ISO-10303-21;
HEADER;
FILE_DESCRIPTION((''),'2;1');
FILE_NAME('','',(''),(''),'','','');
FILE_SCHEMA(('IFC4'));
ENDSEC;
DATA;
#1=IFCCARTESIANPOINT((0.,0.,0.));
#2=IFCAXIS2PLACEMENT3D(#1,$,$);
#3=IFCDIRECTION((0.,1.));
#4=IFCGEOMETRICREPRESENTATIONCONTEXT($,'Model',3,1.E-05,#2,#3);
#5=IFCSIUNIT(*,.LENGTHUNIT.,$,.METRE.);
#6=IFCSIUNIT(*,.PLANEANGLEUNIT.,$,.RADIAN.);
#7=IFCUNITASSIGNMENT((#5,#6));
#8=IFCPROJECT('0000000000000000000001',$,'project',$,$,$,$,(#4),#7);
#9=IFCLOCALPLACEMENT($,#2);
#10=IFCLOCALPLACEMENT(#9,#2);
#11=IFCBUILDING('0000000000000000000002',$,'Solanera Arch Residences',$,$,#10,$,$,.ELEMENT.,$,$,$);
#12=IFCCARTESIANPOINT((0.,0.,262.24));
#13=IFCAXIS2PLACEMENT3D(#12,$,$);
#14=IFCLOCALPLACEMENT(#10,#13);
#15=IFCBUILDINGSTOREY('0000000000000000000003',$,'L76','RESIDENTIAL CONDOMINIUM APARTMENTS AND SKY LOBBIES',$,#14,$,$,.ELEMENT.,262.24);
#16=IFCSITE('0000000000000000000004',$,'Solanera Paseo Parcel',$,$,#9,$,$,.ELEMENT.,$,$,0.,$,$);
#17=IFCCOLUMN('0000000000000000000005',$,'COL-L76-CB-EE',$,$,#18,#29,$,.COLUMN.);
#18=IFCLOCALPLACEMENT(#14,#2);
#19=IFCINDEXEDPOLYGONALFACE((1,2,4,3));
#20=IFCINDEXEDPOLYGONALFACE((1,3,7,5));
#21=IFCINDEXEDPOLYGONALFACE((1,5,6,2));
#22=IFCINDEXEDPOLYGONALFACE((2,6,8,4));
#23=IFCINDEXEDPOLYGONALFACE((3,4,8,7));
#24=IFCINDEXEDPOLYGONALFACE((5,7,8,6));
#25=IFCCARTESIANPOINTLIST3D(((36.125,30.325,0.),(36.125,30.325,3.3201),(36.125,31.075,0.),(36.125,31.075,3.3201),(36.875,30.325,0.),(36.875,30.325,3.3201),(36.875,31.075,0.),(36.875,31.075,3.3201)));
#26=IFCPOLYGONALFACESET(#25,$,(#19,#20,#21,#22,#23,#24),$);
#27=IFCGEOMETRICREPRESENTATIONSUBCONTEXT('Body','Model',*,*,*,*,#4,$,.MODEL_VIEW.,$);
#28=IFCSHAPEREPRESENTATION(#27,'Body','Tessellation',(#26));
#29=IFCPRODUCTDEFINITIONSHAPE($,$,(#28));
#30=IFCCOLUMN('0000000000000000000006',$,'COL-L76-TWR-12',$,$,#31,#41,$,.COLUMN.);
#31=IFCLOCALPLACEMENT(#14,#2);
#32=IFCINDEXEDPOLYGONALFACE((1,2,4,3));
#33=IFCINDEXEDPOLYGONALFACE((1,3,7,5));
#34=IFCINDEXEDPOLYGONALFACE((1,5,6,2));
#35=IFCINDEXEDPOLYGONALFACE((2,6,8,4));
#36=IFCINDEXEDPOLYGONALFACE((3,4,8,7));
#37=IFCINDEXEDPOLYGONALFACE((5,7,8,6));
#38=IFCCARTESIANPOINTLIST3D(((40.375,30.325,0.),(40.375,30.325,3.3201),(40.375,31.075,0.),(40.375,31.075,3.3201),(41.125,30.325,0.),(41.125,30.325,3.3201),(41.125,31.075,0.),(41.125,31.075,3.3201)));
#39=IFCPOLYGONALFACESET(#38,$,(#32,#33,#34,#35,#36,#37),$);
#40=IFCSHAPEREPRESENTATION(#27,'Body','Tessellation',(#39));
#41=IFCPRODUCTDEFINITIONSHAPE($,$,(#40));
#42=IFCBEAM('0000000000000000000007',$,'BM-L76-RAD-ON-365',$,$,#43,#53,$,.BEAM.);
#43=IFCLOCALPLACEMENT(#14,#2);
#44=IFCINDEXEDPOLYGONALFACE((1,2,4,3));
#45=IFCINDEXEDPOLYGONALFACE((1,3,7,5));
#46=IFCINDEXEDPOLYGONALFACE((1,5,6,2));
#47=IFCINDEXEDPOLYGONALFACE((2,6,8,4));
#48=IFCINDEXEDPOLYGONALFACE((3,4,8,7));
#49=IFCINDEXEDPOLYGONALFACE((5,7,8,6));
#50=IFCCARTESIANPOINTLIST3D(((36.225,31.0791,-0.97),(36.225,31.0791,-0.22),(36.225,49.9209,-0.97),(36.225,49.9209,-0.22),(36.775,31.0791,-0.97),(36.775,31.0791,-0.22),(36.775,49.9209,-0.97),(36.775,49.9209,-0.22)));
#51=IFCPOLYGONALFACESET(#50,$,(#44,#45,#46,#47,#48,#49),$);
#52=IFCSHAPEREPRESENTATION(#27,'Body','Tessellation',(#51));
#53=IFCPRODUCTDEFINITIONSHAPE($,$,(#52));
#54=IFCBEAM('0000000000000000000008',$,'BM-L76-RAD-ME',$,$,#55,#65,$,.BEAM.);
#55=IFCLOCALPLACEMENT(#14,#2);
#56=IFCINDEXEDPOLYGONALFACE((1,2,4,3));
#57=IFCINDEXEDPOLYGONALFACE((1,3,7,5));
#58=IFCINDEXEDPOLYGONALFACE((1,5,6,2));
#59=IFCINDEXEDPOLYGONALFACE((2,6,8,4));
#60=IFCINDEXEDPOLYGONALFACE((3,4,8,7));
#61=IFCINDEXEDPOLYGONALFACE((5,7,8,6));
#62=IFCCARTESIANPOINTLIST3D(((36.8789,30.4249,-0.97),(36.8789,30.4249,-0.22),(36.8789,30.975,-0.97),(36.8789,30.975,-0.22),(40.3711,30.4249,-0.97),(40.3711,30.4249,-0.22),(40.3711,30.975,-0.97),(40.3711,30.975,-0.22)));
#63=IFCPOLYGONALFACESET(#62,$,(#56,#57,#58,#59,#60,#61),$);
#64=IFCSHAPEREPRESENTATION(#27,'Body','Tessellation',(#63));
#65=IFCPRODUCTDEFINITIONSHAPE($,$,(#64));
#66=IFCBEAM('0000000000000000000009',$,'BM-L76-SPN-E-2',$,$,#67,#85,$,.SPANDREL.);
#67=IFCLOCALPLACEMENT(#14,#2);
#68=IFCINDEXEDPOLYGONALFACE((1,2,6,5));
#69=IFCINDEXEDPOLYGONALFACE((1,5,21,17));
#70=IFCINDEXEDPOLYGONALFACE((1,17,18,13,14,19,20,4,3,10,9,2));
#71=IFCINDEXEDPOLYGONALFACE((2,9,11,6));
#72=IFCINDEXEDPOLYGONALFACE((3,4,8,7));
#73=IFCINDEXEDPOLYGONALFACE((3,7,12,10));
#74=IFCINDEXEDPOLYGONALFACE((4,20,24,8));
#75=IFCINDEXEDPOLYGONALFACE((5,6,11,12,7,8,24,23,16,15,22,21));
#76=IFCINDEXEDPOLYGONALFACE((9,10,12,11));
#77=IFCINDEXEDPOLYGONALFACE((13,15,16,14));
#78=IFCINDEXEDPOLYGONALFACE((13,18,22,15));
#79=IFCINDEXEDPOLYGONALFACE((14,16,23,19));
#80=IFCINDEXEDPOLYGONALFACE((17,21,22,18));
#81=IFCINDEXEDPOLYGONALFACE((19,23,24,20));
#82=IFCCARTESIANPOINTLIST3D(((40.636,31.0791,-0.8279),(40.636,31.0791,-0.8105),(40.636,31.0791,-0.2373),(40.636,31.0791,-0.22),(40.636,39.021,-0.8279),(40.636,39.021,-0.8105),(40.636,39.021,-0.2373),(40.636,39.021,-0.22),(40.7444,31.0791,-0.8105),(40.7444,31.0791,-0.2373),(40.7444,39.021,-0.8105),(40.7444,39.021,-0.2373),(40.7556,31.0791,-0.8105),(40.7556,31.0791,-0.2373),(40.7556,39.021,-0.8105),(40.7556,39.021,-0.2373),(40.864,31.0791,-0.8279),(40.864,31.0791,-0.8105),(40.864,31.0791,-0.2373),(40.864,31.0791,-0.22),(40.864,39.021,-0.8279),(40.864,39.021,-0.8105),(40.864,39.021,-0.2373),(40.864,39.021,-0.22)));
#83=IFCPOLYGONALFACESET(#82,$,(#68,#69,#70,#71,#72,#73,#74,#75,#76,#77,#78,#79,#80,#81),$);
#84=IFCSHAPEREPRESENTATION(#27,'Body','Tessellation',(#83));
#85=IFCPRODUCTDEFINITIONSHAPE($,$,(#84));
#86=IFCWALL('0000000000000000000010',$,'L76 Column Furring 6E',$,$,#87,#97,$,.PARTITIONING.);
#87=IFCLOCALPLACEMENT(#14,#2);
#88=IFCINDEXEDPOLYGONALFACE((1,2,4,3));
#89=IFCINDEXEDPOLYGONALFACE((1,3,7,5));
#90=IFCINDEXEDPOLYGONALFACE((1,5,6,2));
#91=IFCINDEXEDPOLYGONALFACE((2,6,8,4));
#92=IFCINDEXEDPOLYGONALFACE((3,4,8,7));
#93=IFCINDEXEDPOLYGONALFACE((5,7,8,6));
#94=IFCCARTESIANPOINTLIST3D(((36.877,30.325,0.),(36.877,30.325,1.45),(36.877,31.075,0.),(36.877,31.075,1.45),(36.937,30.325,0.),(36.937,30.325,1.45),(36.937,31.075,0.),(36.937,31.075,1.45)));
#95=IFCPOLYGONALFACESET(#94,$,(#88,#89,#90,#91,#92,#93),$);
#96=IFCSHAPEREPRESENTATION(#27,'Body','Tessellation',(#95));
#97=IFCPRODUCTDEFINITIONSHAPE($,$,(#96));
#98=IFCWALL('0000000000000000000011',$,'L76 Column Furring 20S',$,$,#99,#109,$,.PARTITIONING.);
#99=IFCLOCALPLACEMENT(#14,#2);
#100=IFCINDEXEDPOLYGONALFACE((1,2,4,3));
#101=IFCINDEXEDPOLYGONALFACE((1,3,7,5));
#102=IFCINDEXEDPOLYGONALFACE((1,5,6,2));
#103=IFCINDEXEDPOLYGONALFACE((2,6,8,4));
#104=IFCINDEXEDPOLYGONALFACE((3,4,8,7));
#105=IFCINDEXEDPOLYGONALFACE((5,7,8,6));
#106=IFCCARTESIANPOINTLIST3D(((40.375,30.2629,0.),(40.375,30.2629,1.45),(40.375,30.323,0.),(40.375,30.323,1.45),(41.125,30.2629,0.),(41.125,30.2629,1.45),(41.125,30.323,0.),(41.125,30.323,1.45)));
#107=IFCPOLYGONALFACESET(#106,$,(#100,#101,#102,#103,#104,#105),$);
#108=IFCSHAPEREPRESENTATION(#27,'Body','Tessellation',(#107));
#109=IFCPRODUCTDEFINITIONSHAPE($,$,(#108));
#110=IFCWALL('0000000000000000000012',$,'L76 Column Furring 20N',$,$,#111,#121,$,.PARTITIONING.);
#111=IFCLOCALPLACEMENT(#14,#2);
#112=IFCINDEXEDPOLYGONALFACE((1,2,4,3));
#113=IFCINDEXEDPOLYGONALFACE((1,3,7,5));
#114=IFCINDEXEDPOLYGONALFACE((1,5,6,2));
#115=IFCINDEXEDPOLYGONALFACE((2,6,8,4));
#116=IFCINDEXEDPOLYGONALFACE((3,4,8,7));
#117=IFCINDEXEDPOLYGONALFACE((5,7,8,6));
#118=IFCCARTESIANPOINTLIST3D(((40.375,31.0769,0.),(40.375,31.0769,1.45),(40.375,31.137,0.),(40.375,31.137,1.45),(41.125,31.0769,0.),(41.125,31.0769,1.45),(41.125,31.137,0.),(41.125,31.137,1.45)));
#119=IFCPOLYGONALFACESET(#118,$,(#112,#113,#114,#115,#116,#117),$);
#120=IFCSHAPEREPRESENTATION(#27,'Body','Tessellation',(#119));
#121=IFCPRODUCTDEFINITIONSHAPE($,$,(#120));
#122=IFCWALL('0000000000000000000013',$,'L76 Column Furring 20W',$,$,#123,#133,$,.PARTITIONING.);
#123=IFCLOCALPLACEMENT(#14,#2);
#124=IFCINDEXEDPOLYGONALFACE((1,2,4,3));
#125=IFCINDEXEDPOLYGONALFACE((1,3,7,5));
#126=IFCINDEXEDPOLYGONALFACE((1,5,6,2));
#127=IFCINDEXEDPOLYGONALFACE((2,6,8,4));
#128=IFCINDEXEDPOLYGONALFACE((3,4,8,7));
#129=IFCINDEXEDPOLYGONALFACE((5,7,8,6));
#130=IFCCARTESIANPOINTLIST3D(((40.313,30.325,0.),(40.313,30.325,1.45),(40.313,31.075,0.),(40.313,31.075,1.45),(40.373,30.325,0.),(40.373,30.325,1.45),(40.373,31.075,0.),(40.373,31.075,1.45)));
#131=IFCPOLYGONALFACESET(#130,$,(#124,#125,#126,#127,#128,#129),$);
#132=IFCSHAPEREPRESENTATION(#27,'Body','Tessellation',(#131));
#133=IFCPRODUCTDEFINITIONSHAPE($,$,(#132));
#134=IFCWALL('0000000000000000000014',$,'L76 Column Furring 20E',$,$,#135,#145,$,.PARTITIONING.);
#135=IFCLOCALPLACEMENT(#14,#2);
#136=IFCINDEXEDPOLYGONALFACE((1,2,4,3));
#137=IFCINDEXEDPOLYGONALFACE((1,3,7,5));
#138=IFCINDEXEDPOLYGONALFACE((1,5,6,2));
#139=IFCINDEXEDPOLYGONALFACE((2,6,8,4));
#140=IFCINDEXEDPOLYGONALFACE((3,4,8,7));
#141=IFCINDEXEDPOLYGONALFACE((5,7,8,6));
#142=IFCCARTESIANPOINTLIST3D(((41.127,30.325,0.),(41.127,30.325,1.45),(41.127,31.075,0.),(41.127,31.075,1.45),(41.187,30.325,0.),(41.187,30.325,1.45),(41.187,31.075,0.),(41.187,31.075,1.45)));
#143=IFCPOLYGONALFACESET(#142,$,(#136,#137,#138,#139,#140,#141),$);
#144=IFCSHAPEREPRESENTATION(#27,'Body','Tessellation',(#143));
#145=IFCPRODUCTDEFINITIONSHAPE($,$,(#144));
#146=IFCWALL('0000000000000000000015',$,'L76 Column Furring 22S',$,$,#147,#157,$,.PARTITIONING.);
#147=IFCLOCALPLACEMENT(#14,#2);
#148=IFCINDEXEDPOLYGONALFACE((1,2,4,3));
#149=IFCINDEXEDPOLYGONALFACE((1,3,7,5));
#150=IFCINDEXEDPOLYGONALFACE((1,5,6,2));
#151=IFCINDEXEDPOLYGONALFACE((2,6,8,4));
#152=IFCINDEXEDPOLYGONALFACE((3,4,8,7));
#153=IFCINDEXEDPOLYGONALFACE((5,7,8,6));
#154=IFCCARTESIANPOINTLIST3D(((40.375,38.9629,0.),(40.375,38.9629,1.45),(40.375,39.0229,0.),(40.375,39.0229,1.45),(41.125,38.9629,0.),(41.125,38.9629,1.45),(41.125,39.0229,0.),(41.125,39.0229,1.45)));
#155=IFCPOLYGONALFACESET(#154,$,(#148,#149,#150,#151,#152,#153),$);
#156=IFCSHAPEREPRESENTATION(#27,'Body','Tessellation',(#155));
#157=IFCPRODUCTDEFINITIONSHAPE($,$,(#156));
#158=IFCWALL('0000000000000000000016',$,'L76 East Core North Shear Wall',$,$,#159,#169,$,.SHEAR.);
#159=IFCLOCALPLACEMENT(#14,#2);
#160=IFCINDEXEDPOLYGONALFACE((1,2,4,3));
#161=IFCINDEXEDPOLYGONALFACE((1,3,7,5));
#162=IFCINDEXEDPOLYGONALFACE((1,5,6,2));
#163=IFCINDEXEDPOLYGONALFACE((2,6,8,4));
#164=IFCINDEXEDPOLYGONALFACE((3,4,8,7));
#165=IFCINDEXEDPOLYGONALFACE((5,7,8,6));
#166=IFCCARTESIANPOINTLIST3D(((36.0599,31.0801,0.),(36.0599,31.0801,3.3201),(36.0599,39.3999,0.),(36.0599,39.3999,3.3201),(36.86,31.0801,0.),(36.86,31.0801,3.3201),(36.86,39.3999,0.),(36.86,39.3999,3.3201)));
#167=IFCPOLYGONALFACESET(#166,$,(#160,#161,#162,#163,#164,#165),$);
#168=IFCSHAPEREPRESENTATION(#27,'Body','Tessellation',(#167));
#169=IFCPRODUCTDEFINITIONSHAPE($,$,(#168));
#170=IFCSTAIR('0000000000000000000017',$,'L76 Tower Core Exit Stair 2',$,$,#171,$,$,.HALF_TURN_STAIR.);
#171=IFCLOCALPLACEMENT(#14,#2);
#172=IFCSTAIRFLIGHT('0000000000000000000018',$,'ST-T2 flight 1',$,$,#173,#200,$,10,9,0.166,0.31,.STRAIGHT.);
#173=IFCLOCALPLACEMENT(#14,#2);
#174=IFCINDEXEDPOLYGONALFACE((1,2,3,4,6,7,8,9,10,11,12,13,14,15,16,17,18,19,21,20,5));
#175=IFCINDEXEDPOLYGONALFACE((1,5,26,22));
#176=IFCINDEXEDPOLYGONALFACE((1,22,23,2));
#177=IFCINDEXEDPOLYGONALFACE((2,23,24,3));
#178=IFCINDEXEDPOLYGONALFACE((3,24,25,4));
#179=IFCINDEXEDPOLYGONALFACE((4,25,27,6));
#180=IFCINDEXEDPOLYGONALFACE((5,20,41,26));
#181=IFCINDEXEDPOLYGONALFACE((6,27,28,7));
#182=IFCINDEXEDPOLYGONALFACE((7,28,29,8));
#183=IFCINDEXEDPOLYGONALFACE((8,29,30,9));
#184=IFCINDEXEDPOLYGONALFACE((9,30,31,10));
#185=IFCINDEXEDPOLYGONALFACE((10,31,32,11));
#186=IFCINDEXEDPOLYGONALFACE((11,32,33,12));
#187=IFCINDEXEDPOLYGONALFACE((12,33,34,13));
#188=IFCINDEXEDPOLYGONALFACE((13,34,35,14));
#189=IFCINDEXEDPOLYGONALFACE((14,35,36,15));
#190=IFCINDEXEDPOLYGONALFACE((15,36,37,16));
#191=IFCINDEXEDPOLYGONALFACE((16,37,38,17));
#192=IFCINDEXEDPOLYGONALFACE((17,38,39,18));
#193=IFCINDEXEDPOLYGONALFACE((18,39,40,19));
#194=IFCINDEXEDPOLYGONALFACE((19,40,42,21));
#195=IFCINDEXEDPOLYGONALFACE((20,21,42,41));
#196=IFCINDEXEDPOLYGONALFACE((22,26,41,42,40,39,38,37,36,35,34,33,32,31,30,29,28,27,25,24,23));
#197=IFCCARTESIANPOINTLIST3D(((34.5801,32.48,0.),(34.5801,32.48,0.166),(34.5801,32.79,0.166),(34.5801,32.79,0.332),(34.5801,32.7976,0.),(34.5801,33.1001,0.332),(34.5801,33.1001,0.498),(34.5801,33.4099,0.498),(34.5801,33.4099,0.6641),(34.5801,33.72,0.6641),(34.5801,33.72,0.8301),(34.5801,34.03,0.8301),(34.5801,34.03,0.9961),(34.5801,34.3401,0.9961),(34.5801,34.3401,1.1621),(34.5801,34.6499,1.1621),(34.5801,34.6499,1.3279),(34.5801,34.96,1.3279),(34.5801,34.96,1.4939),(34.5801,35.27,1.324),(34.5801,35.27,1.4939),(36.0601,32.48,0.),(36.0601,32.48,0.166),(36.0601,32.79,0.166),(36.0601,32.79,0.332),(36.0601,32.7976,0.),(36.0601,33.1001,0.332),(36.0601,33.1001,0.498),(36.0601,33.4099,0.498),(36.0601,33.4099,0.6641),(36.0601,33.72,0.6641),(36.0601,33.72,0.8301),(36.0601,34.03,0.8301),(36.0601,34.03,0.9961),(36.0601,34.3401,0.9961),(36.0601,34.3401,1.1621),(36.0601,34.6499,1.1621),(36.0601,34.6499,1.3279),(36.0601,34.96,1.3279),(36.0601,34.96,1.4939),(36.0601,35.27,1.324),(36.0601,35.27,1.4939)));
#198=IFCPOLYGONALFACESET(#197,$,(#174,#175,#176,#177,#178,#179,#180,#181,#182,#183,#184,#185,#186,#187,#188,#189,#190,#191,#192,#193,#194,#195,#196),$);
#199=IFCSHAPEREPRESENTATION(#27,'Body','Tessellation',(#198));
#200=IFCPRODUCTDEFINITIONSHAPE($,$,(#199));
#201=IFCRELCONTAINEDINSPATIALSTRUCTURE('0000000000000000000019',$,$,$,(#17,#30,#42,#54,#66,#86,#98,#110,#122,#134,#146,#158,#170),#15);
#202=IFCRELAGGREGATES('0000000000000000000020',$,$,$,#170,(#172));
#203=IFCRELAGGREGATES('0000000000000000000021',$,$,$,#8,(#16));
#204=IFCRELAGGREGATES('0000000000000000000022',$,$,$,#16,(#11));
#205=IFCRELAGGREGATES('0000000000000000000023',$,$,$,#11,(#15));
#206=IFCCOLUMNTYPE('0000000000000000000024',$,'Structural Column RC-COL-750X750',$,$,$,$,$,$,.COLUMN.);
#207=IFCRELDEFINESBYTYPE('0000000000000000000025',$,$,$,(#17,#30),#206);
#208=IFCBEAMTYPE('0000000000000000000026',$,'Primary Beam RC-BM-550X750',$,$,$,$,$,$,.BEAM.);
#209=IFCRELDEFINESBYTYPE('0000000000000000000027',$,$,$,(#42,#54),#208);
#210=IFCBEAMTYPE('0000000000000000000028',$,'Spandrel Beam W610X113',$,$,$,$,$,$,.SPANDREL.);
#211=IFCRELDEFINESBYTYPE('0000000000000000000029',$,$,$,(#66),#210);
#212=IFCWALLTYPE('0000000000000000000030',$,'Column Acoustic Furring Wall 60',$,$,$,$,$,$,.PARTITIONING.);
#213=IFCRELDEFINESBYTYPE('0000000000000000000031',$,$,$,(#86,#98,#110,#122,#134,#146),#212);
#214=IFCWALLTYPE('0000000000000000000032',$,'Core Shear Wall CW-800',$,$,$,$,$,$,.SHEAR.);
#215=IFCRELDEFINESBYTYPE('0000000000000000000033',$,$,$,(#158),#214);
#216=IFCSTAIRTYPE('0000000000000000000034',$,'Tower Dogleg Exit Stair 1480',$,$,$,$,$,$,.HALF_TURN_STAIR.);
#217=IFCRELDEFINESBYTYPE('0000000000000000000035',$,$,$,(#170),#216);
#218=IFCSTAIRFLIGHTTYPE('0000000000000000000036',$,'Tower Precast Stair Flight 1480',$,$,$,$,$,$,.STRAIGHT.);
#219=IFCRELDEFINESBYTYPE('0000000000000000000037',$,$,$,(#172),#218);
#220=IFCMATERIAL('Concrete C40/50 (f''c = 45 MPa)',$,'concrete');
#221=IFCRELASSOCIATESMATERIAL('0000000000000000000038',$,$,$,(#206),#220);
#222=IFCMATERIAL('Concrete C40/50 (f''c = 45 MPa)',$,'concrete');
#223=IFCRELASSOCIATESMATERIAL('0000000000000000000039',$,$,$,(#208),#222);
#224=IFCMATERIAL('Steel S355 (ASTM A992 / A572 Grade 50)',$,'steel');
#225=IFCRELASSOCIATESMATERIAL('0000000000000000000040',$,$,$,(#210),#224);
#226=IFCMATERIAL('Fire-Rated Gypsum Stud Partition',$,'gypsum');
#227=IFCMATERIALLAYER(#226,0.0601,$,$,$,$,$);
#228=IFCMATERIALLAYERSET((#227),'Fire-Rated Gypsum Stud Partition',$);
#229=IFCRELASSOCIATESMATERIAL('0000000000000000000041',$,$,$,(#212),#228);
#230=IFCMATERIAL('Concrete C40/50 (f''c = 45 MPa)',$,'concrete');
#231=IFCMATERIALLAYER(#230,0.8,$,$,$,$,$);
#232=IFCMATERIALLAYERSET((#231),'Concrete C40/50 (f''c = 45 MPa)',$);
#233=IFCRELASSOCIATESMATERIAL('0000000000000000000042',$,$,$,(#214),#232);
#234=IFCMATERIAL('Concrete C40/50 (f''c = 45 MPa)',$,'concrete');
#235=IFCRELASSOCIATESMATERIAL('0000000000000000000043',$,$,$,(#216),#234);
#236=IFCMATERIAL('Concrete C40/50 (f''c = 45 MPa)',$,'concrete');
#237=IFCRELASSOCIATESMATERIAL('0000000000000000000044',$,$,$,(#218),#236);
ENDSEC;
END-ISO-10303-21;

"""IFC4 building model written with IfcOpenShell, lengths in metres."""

from ifc_helpers import new_model, si_unit, direction, frame, frame_2d, origin, origin_2d, place, context, subcontext, project, spatial, polyline, rectangle, i_section, outline, extrude, material, layer, layer_set, material_profile, profile_set, type_object, element, aggregate, save


model = new_model("IFC4")

# Units and contexts
model_context = context("Model", 3, precision=1e-05, world=origin(), true_north=direction((0.0, 1.0)))
body_context = subcontext(model_context, "Body", "Model", "MODEL_VIEW")
ifc_project = project(units=[si_unit("LENGTHUNIT", "METRE"), si_unit("PLANEANGLEUNIT", "RADIAN")], contexts=[model_context])

# Site, building, storey
site_placement = place(None, origin())
site = spatial("IfcSite", under=ifc_project, at=site_placement, Name="Solanera Paseo Parcel", CompositionType="ELEMENT", RefElevation=0.0)
building_placement = place(site_placement, origin())
building = spatial("IfcBuilding", under=site, at=building_placement, Name="Solanera Arch Residences", CompositionType="ELEMENT")
storey_placement = place(building_placement, frame((0.0, 0.0, 262.24)))
storey = spatial("IfcBuildingStorey", under=building, at=storey_placement, Name="L76", Description="RESIDENTIAL CONDOMINIUM APARTMENTS AND SKY LOBBIES", CompositionType="ELEMENT", Elevation=262.24)

# Columns
ifc_material_1 = material(Name="Concrete C40/50 (f'c = 45 MPa)", Category="concrete")
ifc_material_profile_1 = material_profile(ifc_material_1, rectangle(XDim=0.75, YDim=0.75, at=origin_2d()))
ifc_profile_set_1 = profile_set([ifc_material_profile_1], Name="Concrete C40/50 (f'c = 45 MPa)")
column_type = type_object("IfcColumnType", Name="Structural Column RC-COL-750X750", PredefinedType="COLUMN", material=ifc_profile_set_1)
for number, where, z_axis, x_axis, name in (
    (1, (36.5, 30.7, 0.0), (0.0, 0.0, 1.0), (1.0, 0.0, 0.0), "COL-L76-CB-EE"),
    (2, (40.75, 30.7, 0.0), (0.0, 0.0, 1.0), (1.0, 0.0, 0.0), "COL-L76-TWR-12"),
):
    element("IfcColumn", number, at=place(storey_placement, frame(where, z_axis=z_axis, x_axis=x_axis)), inside=storey, type_object=column_type, Name=name, PredefinedType="COLUMN", context=body_context, shape_type="SweptSolid", body=[
        extrude(rectangle(XDim=0.75, YDim=0.75, at=origin_2d()), origin(), (0.0, 0.0, 1.0), 3.3201),
    ])

# Beams
ifc_material_2 = material(Name="Concrete C40/50 (f'c = 45 MPa)", Category="concrete")
ifc_material_profile_2 = material_profile(ifc_material_2, rectangle(XDim=0.55, YDim=0.75, at=origin_2d()))
ifc_profile_set_2 = profile_set([ifc_material_profile_2], Name="Concrete C40/50 (f'c = 45 MPa)")
beam_type_1 = type_object("IfcBeamType", Name="Primary Beam RC-BM-550X750", PredefinedType="BEAM", material=ifc_profile_set_2)
beam_1_placement = place(storey_placement, frame((36.5, 31.0791, -0.595), z_axis=(0.0, 1.0, 0.0), x_axis=(-1.0, 0.0, 0.0)))
element("IfcBeam", 3, at=beam_1_placement, inside=storey, type_object=beam_type_1, Name="BM-L76-RAD-ON-365", PredefinedType="BEAM", context=body_context, shape_type="SweptSolid", body=[
    extrude(rectangle(XDim=0.55, YDim=0.75, at=origin_2d()), origin(), (0.0, 0.0, 1.0), 18.8418),
])
beam_2_placement = place(storey_placement, frame((36.8789, 30.7, -0.595), z_axis=(1.0, 0.0, 0.0), x_axis=(0.0, 1.0, 0.0)))
element("IfcBeam", 4, at=beam_2_placement, inside=storey, type_object=beam_type_1, Name="BM-L76-RAD-ME", PredefinedType="BEAM", context=body_context, shape_type="SweptSolid", body=[
    extrude(rectangle(XDim=0.55, YDim=0.75, at=origin_2d()), origin(), (0.0, 0.0, 1.0), 3.4922),
])
ifc_material_3 = material(Name="Steel S355 (ASTM A992 / A572 Grade 50)", Category="steel")
ifc_material_profile_3 = material_profile(ifc_material_3, i_section(OverallWidth=0.228, OverallDepth=0.6079, WebThickness=0.0112, FlangeThickness=0.0173, at=origin_2d()))
ifc_profile_set_3 = profile_set([ifc_material_profile_3], Name="Steel S355 (ASTM A992 / A572 Grade 50)")
beam_type_2 = type_object("IfcBeamType", Name="Spandrel Beam W610X113", PredefinedType="SPANDREL", material=ifc_profile_set_3)
beam_3_placement = place(storey_placement, frame((40.75, 31.0791, -0.5239), z_axis=(0.0, 1.0, 0.0), x_axis=(-1.0, 0.0, 0.0)))
element("IfcBeam", 5, at=beam_3_placement, inside=storey, type_object=beam_type_2, Name="BM-L76-SPN-E-2", PredefinedType="SPANDREL", context=body_context, shape_type="SweptSolid", body=[
    extrude(i_section(OverallWidth=0.228, OverallDepth=0.6079, WebThickness=0.0112, FlangeThickness=0.0173, at=origin_2d()), origin(), (0.0, 0.0, 1.0), 7.9419),
])

# Walls
ifc_material_4 = material(Name="Fire-Rated Gypsum Stud Partition", Category="gypsum")
ifc_layer_1 = layer(ifc_material_4, 0.0601)
ifc_layer_set_1 = layer_set([ifc_layer_1], Name="Fire-Rated Gypsum Stud Partition")
wall_type_1 = type_object("IfcWallType", Name="Column Acoustic Furring Wall 60", PredefinedType="PARTITIONING", material=ifc_layer_set_1)
for number, where, z_axis, x_axis, name in (
    (6, (36.907, 30.325, 0.0), (0.0, 0.0, 1.0), (0.0, 1.0, 0.0), "L76 Column Furring 6E"),
    (7, (40.375, 30.293, 0.0), (0.0, 0.0, 1.0), (1.0, 0.0, 0.0), "L76 Column Furring 20S"),
    (8, (40.375, 31.1069, 0.0), (0.0, 0.0, 1.0), (1.0, 0.0, 0.0), "L76 Column Furring 20N"),
    (9, (40.343, 30.325, 0.0), (0.0, 0.0, 1.0), (0.0, 1.0, 0.0), "L76 Column Furring 20W"),
    (10, (41.157, 30.325, 0.0), (0.0, 0.0, 1.0), (0.0, 1.0, 0.0), "L76 Column Furring 20E"),
    (11, (40.375, 38.9929, 0.0), (0.0, 0.0, 1.0), (1.0, 0.0, 0.0), "L76 Column Furring 22S"),
):
    element("IfcWall", number, at=place(storey_placement, frame(where, z_axis=z_axis, x_axis=x_axis)), inside=storey, type_object=wall_type_1, Name=name, PredefinedType="PARTITIONING", context=body_context, shape_type="SweptSolid", body=[
        extrude(rectangle(XDim=0.75, YDim=0.0601, at=frame_2d((0.375, 0.0))), origin(), (0.0, 0.0, 1.0), 1.45),
    ])
ifc_material_5 = material(Name="Concrete C40/50 (f'c = 45 MPa)", Category="concrete")
ifc_layer_2 = layer(ifc_material_5, 0.8)
ifc_layer_set_2 = layer_set([ifc_layer_2], Name="Concrete C40/50 (f'c = 45 MPa)")
wall_type_2 = type_object("IfcWallType", Name="Core Shear Wall CW-800", PredefinedType="SHEAR", material=ifc_layer_set_2)
wall_placement = place(storey_placement, frame((36.46, 31.0801, 0.0), z_axis=(0.0, 0.0, 1.0), x_axis=(0.0, 1.0, 0.0)))
element("IfcWall", 12, at=wall_placement, inside=storey, type_object=wall_type_2, Name="L76 East Core North Shear Wall", PredefinedType="SHEAR", context=body_context, shape_type="SweptSolid", body=[
    extrude(rectangle(XDim=8.3198, YDim=0.8, at=frame_2d((4.1599, 0.0))), origin(), (0.0, 0.0, 1.0), 3.3201),
])

# Stair, stair flight
ifc_material_6 = material(Name="Concrete C40/50 (f'c = 45 MPa)", Category="concrete")
stair_type = type_object("IfcStairType", Name="Tower Dogleg Exit Stair 1480", PredefinedType="HALF_TURN_STAIR", material=ifc_material_6)
stair_placement = place(storey_placement, origin())
stair = element("IfcStair", 13, at=stair_placement, inside=storey, type_object=stair_type, Name="L76 Tower Core Exit Stair 2", PredefinedType="HALF_TURN_STAIR")
ifc_material_7 = material(Name="Concrete C40/50 (f'c = 45 MPa)", Category="concrete")
stair_flight_type = type_object("IfcStairFlightType", Name="Tower Precast Stair Flight 1480", PredefinedType="STRAIGHT", material=ifc_material_7)
stair_flight_1_placement = place(storey_placement, frame((35.3201, 32.48, 0.0), z_axis=(0.0, 0.0, 1.0), x_axis=(0.0, 1.0, 0.0)))
stair_flight_1 = element("IfcStairFlight", 14, at=stair_flight_1_placement, type_object=stair_flight_type, Name="ST-T2 flight 1", NumberOfRisers=10, NumberOfTreads=9, PredefinedType="STRAIGHT", RiserHeight=0.166, TreadLength=0.31, context=body_context, shape_type="SweptSolid", body=[
    extrude(outline(polyline([(0.0, 0.0), (0.0, 0.166), (0.3101, 0.166), (0.3101, 0.332), (0.6201, 0.332), (0.6201, 0.498), (0.9299, 0.498), (0.9299, 0.6641), (1.24, 0.6641), (1.24, 0.8301), (1.55, 0.8301), (1.55, 0.9961), (1.8601, 0.9961), (1.8601, 1.1621), (2.1699, 1.1621), (2.1699, 1.3279), (2.48, 1.3279), (2.48, 1.4939), (2.79, 1.4939), (2.79, 1.6599), (2.79, 1.324), (0.3176, 0.0), (0.0, 0.0)])), frame((0.0, 0.74, 0.0), z_axis=(0.0, -1.0, 0.0), x_axis=(1.0, 0.0, 0.0)), (0.0, 0.0, 1.0), 1.48),
])
aggregate(stair, [stair_flight_1])

save(model, "model.ifc")
